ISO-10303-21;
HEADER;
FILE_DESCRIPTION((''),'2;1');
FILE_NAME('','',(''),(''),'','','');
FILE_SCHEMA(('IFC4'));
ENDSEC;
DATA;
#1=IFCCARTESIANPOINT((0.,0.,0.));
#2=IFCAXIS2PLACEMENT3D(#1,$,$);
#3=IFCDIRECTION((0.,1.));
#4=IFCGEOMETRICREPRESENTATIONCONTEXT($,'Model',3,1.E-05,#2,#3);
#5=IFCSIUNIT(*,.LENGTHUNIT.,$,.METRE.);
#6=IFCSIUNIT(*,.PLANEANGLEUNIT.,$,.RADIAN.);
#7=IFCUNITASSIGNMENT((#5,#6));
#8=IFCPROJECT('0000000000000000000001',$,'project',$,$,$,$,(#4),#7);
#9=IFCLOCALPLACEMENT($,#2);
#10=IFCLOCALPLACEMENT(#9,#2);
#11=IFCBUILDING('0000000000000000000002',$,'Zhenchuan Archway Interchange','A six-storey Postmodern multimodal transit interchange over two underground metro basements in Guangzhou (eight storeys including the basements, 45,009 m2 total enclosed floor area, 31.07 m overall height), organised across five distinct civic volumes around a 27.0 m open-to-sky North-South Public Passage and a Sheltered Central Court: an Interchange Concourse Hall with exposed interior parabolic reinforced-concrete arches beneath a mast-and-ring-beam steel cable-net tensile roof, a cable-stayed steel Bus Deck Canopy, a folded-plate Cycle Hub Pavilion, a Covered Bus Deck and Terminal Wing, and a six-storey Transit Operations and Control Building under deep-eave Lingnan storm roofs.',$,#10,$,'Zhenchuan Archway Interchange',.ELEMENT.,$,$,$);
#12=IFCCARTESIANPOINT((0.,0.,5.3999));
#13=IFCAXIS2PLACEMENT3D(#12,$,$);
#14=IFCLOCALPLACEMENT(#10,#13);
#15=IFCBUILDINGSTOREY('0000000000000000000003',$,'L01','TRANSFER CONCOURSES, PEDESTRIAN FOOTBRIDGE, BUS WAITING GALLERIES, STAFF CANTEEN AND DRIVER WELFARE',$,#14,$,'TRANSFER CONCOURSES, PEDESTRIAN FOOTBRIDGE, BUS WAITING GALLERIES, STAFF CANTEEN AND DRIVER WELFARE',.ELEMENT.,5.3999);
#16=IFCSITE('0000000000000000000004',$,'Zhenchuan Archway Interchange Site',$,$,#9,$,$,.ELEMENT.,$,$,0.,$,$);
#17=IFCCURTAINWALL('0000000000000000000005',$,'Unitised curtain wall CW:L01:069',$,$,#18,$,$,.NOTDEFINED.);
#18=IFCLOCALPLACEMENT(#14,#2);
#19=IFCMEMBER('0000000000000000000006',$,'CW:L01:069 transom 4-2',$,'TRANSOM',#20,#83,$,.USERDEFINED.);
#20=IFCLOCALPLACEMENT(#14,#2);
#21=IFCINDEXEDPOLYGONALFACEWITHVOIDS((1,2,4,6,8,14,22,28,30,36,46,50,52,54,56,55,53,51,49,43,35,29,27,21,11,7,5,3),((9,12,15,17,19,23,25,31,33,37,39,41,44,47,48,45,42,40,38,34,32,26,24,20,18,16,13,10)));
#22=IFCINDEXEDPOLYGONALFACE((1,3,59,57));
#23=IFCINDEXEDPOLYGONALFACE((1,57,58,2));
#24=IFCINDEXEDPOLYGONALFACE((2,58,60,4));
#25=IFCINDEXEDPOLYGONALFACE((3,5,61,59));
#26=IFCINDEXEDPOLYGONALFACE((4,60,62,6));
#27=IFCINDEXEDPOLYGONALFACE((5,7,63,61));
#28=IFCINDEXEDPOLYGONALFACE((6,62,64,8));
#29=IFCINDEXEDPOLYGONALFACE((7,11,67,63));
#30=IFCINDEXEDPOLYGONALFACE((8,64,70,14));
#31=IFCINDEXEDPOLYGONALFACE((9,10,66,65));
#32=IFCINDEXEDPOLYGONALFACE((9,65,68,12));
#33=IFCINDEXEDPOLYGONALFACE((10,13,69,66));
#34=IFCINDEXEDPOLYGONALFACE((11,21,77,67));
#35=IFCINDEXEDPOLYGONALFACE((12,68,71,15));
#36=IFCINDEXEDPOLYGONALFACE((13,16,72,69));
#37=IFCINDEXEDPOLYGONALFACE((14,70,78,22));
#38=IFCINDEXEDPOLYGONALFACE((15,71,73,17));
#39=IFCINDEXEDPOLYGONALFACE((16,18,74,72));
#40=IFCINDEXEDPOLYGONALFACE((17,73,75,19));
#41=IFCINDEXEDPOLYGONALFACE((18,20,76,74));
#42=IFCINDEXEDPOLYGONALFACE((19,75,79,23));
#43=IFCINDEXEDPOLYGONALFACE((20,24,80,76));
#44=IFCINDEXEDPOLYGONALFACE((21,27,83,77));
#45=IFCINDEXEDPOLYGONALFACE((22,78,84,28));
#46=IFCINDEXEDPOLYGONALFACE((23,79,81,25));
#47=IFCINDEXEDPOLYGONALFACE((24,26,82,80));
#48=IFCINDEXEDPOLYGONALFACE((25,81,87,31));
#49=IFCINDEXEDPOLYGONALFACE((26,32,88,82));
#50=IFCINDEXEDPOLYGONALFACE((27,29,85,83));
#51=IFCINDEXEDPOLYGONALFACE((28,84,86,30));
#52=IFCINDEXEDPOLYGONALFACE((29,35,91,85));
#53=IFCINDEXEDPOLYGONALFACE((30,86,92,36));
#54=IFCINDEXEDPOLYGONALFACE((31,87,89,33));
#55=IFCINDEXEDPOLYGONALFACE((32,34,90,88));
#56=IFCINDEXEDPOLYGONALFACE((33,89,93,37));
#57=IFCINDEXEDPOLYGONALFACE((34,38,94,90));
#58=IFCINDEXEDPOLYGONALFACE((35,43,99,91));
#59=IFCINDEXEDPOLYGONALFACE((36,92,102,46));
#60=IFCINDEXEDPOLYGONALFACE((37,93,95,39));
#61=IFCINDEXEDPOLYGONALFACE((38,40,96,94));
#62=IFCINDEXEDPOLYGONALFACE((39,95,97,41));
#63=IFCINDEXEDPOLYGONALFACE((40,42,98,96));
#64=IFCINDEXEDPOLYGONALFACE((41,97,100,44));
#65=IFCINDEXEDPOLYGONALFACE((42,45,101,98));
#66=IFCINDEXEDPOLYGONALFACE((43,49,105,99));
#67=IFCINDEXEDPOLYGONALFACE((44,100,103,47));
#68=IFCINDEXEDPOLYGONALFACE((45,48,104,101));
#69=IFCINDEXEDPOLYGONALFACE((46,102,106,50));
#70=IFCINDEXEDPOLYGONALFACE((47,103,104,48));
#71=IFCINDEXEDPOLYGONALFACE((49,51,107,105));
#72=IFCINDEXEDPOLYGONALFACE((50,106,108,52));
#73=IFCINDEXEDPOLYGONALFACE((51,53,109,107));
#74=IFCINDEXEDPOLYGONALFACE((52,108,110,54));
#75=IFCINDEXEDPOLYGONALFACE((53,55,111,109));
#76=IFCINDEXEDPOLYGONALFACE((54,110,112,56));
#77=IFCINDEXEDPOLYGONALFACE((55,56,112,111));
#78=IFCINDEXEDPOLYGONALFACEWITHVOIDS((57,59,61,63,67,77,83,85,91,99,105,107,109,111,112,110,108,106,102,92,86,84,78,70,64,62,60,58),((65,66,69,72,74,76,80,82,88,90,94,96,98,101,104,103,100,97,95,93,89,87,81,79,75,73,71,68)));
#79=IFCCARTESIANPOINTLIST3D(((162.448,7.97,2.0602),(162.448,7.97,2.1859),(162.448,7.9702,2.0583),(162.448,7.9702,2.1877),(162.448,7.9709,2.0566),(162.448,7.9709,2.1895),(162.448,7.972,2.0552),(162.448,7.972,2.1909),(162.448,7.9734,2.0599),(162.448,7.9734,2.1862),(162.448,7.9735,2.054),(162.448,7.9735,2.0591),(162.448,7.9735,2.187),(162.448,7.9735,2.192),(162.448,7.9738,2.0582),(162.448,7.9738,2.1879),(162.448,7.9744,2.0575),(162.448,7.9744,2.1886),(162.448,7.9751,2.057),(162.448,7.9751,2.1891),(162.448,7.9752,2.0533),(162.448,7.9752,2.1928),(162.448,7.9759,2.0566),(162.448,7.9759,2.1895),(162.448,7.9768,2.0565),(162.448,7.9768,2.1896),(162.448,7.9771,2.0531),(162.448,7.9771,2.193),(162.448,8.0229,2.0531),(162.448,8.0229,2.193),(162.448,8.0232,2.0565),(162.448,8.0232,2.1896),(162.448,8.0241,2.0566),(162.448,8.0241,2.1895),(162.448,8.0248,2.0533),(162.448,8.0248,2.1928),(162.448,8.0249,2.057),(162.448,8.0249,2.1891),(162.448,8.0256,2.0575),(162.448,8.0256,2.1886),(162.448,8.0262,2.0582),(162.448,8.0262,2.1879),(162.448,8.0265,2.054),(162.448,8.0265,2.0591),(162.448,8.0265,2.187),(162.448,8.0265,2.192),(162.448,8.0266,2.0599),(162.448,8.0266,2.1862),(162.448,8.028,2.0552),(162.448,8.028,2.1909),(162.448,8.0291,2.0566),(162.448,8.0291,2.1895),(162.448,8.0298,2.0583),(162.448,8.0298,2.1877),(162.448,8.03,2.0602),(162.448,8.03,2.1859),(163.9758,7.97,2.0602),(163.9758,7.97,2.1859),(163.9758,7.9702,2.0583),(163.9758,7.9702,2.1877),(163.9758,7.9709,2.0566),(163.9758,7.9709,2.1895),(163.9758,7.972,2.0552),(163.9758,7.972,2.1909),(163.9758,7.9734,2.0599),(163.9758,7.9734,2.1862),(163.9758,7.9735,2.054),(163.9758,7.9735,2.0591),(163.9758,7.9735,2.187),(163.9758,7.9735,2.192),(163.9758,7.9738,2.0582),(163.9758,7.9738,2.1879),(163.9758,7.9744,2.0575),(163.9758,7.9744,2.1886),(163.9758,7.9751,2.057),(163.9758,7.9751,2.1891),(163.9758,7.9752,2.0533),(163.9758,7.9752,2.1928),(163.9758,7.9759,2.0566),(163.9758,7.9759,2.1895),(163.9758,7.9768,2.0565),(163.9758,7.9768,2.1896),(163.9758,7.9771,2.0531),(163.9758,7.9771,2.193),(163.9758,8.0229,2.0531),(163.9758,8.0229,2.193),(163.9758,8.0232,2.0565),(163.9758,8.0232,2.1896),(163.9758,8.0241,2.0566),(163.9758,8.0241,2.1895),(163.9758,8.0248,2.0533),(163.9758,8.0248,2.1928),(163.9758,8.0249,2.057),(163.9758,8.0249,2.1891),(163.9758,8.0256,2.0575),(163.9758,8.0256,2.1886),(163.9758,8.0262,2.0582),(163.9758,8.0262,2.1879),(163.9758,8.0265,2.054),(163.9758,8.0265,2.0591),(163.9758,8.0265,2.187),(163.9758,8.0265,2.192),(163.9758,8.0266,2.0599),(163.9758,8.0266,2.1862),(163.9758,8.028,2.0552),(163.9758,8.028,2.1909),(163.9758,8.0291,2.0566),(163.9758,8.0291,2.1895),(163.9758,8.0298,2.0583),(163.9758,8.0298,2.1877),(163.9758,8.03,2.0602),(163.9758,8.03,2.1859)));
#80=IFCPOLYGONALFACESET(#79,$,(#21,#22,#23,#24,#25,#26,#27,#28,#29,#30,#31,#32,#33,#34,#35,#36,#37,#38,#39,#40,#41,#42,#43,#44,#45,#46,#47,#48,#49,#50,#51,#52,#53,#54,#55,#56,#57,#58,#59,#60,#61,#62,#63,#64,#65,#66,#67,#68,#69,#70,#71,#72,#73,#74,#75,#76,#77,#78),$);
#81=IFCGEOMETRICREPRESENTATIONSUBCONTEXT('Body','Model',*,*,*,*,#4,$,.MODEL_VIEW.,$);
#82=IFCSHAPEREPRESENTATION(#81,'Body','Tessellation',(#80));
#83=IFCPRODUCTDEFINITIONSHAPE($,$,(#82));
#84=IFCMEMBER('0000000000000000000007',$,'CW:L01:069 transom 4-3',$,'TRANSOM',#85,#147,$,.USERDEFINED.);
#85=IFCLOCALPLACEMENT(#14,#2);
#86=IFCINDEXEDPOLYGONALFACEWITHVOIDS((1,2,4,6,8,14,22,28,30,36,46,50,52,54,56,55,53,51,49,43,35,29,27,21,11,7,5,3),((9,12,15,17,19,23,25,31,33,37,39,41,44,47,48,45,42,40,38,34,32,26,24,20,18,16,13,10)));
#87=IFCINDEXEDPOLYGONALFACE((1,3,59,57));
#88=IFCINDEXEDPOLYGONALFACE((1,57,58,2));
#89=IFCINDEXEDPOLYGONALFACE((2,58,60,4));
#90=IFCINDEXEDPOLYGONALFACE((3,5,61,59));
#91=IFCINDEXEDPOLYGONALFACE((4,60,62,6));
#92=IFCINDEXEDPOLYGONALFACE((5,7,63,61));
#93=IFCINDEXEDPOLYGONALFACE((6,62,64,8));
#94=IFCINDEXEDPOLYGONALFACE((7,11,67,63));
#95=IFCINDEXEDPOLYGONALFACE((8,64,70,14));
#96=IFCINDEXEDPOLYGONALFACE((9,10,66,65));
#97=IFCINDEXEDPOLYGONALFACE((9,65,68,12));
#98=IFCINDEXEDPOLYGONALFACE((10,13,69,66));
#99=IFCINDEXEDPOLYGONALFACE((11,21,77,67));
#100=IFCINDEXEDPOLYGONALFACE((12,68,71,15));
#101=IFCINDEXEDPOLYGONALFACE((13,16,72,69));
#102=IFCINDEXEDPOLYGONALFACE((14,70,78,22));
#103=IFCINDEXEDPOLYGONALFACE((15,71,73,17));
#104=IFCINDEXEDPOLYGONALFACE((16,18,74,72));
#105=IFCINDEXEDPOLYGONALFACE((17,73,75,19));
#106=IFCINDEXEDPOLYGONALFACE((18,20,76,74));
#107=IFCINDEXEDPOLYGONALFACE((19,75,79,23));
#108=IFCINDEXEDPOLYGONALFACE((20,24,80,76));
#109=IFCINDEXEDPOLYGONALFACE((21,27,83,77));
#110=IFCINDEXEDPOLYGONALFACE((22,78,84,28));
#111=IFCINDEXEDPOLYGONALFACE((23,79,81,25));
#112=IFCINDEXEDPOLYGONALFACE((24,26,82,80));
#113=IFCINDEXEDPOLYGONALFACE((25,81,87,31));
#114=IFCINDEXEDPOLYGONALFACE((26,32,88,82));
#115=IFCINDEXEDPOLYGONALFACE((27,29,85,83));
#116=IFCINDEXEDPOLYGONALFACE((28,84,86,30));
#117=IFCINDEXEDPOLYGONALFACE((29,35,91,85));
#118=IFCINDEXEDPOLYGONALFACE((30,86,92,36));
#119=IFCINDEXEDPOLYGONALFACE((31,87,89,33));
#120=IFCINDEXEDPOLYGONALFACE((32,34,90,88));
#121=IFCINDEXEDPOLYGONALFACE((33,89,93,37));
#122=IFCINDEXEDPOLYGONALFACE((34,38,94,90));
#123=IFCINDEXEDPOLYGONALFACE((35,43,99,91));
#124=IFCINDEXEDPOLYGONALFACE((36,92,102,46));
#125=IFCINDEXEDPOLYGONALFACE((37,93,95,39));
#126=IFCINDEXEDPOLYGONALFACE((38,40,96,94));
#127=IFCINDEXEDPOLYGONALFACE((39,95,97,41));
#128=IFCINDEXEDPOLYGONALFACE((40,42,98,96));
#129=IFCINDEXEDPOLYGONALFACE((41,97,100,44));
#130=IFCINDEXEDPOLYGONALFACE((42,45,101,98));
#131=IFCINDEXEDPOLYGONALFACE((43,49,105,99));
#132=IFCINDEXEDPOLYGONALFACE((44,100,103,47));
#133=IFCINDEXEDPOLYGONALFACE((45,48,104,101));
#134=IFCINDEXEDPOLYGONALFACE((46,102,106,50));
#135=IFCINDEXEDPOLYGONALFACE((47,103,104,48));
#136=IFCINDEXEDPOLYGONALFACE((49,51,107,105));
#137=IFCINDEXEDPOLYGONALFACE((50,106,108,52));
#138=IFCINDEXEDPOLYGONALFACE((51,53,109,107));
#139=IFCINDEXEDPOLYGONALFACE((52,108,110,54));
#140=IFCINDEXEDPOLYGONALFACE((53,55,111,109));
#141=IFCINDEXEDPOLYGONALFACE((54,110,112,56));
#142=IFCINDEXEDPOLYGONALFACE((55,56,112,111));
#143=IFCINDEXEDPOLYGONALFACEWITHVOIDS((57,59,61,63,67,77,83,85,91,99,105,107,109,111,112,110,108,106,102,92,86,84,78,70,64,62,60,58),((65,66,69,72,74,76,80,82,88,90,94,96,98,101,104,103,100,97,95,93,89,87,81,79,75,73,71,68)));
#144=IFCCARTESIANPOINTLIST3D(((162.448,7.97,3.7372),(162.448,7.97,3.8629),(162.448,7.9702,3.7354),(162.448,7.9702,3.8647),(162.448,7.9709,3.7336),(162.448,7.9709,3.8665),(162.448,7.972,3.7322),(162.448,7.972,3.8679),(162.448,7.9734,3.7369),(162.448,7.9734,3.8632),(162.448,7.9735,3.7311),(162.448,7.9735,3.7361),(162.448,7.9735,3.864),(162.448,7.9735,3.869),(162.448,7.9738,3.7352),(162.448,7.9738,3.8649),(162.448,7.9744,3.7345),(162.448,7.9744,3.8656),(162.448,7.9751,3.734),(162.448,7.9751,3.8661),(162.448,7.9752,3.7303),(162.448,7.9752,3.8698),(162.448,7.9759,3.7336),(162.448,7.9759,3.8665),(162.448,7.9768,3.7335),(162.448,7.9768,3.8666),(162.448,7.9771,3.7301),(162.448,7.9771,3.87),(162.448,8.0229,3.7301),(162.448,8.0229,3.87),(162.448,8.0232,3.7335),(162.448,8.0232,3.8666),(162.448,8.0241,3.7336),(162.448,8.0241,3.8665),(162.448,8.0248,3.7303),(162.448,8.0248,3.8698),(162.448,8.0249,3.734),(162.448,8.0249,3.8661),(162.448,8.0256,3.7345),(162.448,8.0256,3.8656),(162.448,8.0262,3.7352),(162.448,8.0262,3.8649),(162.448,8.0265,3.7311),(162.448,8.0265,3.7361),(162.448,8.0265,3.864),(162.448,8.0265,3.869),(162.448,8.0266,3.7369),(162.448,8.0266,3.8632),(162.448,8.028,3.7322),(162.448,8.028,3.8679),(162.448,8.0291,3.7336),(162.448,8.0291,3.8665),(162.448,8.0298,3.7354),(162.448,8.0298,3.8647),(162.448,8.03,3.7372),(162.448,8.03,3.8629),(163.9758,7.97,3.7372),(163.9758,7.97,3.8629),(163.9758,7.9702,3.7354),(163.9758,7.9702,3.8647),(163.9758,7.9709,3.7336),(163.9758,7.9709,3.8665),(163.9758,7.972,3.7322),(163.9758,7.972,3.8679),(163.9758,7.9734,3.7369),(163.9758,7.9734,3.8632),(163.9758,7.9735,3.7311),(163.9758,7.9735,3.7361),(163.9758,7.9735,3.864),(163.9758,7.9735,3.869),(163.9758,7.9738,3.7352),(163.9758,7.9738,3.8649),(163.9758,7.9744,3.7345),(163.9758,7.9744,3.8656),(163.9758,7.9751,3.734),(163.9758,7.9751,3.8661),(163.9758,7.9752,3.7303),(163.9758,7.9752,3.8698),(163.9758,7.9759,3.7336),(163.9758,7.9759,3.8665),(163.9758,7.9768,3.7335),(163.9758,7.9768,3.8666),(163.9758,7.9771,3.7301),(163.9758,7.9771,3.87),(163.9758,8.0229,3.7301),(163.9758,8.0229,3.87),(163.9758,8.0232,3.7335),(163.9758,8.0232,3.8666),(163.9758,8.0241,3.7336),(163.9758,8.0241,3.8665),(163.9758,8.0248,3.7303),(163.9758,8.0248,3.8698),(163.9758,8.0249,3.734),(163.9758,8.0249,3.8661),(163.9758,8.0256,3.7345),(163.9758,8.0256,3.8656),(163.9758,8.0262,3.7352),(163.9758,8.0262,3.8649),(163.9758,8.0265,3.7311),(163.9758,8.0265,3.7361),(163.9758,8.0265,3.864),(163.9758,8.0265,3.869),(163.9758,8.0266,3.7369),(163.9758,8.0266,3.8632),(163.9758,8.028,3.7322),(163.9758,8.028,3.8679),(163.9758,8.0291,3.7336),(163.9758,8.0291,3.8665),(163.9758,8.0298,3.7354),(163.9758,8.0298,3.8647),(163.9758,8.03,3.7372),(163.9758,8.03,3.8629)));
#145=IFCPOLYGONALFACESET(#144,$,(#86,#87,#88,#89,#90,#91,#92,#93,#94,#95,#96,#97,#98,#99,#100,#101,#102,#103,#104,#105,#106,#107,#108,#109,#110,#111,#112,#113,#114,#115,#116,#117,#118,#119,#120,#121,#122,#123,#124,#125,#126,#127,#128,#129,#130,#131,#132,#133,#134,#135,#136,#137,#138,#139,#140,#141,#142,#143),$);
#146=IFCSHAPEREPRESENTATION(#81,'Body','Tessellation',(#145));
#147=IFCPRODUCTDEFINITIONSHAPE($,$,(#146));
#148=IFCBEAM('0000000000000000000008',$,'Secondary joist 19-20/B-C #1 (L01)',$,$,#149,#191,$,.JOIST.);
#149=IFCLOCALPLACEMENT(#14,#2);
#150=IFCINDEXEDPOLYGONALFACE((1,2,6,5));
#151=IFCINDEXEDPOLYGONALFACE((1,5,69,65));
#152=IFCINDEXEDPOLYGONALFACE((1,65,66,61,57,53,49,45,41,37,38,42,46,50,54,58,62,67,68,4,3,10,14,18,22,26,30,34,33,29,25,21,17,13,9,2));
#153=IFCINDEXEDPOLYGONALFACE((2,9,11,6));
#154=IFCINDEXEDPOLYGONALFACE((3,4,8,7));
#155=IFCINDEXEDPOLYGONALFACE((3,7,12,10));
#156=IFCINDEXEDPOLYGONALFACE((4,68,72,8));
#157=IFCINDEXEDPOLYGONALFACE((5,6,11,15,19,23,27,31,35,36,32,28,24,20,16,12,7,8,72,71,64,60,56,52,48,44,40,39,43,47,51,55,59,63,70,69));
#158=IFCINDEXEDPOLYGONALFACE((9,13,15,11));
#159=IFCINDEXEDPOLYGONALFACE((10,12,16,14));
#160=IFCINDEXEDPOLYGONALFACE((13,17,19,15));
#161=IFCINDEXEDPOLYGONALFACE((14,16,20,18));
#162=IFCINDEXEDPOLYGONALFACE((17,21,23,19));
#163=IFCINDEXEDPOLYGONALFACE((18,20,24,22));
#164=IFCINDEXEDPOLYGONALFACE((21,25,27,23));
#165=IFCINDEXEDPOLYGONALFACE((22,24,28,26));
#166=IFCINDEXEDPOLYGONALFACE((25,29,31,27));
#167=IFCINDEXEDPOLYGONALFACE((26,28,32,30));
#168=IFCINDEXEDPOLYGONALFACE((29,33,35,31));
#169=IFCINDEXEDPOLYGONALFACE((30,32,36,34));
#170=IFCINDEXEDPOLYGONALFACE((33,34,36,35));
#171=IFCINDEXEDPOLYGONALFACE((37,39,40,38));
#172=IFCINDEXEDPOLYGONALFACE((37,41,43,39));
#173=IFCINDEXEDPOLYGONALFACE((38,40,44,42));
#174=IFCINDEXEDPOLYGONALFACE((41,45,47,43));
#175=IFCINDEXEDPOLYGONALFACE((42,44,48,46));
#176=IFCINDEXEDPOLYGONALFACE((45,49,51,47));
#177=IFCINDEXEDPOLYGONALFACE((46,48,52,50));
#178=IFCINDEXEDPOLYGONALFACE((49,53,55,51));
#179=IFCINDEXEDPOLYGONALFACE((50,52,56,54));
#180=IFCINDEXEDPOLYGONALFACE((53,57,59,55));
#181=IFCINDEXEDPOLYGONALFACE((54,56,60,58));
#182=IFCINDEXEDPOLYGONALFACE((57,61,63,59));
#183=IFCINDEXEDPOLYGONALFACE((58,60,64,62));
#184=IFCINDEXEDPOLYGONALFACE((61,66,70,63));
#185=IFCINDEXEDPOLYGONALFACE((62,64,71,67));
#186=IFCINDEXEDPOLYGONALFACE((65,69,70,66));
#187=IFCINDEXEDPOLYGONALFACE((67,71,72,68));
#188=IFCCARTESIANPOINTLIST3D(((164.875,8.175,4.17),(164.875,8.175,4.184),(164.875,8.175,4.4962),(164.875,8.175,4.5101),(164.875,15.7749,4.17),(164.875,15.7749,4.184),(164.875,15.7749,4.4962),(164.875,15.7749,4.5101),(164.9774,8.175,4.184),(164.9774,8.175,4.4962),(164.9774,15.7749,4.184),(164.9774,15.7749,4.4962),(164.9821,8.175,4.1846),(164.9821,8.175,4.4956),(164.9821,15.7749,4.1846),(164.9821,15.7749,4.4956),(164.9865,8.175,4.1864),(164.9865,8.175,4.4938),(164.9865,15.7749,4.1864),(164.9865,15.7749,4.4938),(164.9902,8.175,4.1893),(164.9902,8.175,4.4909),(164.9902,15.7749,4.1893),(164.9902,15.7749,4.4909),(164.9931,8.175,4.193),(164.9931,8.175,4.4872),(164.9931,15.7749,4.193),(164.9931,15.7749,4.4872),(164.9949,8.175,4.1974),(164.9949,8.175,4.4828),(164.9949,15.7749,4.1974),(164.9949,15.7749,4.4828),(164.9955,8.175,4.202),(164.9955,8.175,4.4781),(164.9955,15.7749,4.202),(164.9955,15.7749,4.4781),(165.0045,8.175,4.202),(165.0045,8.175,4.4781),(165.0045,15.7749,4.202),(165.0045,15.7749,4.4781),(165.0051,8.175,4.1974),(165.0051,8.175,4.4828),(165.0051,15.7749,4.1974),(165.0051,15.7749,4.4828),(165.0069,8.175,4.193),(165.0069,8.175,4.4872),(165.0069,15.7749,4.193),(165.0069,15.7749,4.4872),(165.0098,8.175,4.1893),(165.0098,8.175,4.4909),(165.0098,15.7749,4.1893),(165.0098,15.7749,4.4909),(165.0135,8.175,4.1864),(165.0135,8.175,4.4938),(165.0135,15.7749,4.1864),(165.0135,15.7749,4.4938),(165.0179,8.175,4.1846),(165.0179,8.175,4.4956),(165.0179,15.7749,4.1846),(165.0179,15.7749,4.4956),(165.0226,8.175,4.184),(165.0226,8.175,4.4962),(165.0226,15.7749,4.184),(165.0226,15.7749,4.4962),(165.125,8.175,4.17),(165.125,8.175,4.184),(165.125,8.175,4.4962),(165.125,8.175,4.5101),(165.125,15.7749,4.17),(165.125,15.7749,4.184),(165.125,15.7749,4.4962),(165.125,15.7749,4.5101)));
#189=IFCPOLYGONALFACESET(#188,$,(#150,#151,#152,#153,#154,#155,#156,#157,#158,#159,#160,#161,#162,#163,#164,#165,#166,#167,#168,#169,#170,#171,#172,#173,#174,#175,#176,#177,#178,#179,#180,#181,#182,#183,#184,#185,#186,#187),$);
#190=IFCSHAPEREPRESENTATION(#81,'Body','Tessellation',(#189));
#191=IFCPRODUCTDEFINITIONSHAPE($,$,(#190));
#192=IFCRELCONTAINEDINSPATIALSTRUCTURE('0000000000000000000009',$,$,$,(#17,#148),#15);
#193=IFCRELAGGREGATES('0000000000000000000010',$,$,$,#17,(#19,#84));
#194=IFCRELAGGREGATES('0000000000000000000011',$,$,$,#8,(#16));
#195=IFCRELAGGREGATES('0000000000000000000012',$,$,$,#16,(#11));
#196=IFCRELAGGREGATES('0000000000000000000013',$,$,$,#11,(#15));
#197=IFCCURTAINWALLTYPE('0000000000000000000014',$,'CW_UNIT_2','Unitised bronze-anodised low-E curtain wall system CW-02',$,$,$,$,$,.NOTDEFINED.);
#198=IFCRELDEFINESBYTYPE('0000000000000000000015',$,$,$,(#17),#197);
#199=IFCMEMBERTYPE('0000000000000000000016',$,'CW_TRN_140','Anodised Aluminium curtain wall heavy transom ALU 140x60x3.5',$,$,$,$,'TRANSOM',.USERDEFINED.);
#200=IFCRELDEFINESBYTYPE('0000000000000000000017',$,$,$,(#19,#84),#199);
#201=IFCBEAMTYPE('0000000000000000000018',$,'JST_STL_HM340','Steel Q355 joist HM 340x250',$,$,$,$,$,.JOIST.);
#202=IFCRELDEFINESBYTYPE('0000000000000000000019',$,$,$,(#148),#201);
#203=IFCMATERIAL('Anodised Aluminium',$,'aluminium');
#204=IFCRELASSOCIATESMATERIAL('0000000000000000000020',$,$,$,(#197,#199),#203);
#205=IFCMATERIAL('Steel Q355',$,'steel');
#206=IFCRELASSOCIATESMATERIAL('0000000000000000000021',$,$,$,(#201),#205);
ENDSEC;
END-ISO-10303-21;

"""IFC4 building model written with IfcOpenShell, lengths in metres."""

from ifc_helpers import new_model, si_unit, direction, frame, origin, origin_2d, place, context, subcontext, project, spatial, hollow_rectangle, i_section, extrude, material, material_profile, profile_set, type_object, element, aggregate, save


model = new_model("IFC4")

# Units and contexts
model_context = context("Model", 3, precision=1e-05, world=origin(), true_north=direction((0.0, 1.0)))
body_context = subcontext(model_context, "Body", "Model", "MODEL_VIEW")
ifc_project = project(units=[si_unit("LENGTHUNIT", "METRE"), si_unit("PLANEANGLEUNIT", "RADIAN")], contexts=[model_context])

# Site, building, storey
site_placement = place(None, origin())
site = spatial("IfcSite", under=ifc_project, at=site_placement, Name="Zhenchuan Archway Interchange Site", CompositionType="ELEMENT", RefElevation=0.0)
building_placement = place(site_placement, origin())
building = spatial("IfcBuilding", under=site, at=building_placement, Name="Zhenchuan Archway Interchange", Description="A six-storey Postmodern multimodal transit interchange over two underground metro basements in Guangzhou (eight storeys including the basements, 45,009 m2 total enclosed floor area, 31.07 m overall height), organised across five distinct civic volumes around a 27.0 m open-to-sky North-South Public Passage and a Sheltered Central Court: an Interchange Concourse Hall with exposed interior parabolic reinforced-concrete arches beneath a mast-and-ring-beam steel cable-net tensile roof, a cable-stayed steel Bus Deck Canopy, a folded-plate Cycle Hub Pavilion, a Covered Bus Deck and Terminal Wing, and a six-storey Transit Operations and Control Building under deep-eave Lingnan storm roofs.", LongName="Zhenchuan Archway Interchange", CompositionType="ELEMENT")
storey_placement = place(building_placement, frame((0.0, 0.0, 5.3999)))
storey = spatial("IfcBuildingStorey", under=building, at=storey_placement, Name="L01", Description="TRANSFER CONCOURSES, PEDESTRIAN FOOTBRIDGE, BUS WAITING GALLERIES, STAFF CANTEEN AND DRIVER WELFARE", LongName="TRANSFER CONCOURSES, PEDESTRIAN FOOTBRIDGE, BUS WAITING GALLERIES, STAFF CANTEEN AND DRIVER WELFARE", CompositionType="ELEMENT", Elevation=5.3999)

# Curtain wall, members
ifc_material_1 = material(Name="Anodised Aluminium", Category="aluminium")
curtain_wall_type = type_object("IfcCurtainWallType", Name="CW_UNIT_2", Description="Unitised bronze-anodised low-E curtain wall system CW-02", PredefinedType="NOTDEFINED", material=ifc_material_1)
curtain_wall_placement = place(storey_placement, origin())
curtain_wall = element("IfcCurtainWall", 1, at=curtain_wall_placement, inside=storey, type_object=curtain_wall_type, Name="Unitised curtain wall CW:L01:069", PredefinedType="NOTDEFINED")
ifc_material_profile_1 = material_profile(ifc_material_1, hollow_rectangle(XDim=0.0601, YDim=0.1399, WallThickness=0.0034, InnerFilletRadius=0.0034, OuterFilletRadius=0.0071, at=origin_2d()), Name="ALU 140x60x3.5")
ifc_profile_set_1 = profile_set([ifc_material_profile_1], Name="Anodised Aluminium")
member_type_1 = type_object("IfcMemberType", Name="CW_TRN_140", Description="Anodised Aluminium curtain wall heavy transom ALU 140x60x3.5", ElementType="TRANSOM", PredefinedType="USERDEFINED", material=ifc_profile_set_1)
member_1_placement = place(storey_placement, frame((163.9758, 8.0, 2.123), z_axis=(-1.0, 0.0, 0.0), x_axis=(0.0, -1.0, 0.0)))
member_1 = element("IfcMember", 2, at=member_1_placement, type_object=member_type_1, Name="CW:L01:069 transom 4-2", ObjectType="TRANSOM", PredefinedType="USERDEFINED", context=body_context, shape_type="SweptSolid", body=[
    extrude(hollow_rectangle(XDim=0.0601, YDim=0.1399, WallThickness=0.0034, InnerFilletRadius=0.0034, OuterFilletRadius=0.0071, at=origin_2d()), origin(), (0.0, 0.0, 1.0), 1.5278),
])
member_2_placement = place(storey_placement, frame((163.9758, 8.0, 3.8), z_axis=(-1.0, 0.0, 0.0), x_axis=(0.0, -1.0, 0.0)))
member_2 = element("IfcMember", 3, at=member_2_placement, type_object=member_type_1, Name="CW:L01:069 transom 4-3", ObjectType="TRANSOM", PredefinedType="USERDEFINED", context=body_context, shape_type="SweptSolid", body=[
    extrude(hollow_rectangle(XDim=0.0601, YDim=0.1399, WallThickness=0.0034, InnerFilletRadius=0.0034, OuterFilletRadius=0.0071, at=origin_2d()), origin(), (0.0, 0.0, 1.0), 1.5278),
])

# Beam
ifc_material_2 = material(Name="Steel Q355", Category="steel")
ifc_material_profile_2 = material_profile(ifc_material_2, i_section(OverallWidth=0.25, OverallDepth=0.3401, WebThickness=0.009, FlangeThickness=0.0139, FilletRadius=0.0181, at=origin_2d()), Name="HM 340x250")
ifc_profile_set_2 = profile_set([ifc_material_profile_2], Name="Steel Q355")
beam_type_1 = type_object("IfcBeamType", Name="JST_STL_HM340", Description="Steel Q355 joist HM 340x250", PredefinedType="JOIST", material=ifc_profile_set_2)
beam_1_placement = place(storey_placement, frame((165.0, 8.175, 4.3401), z_axis=(0.0, 1.0, 0.0), x_axis=(-1.0, 0.0, 0.0)))
element("IfcBeam", 4, at=beam_1_placement, inside=storey, type_object=beam_type_1, Name="Secondary joist 19-20/B-C #1 (L01)", PredefinedType="JOIST", context=body_context, shape_type="SweptSolid", body=[
    extrude(i_section(OverallWidth=0.25, OverallDepth=0.3401, WebThickness=0.009, FlangeThickness=0.0139, FilletRadius=0.0181, at=origin_2d()), origin(), (0.0, 0.0, 1.0), 7.5999),
])

aggregate(curtain_wall, [member_1, member_2])

save(model, "model.ifc")
